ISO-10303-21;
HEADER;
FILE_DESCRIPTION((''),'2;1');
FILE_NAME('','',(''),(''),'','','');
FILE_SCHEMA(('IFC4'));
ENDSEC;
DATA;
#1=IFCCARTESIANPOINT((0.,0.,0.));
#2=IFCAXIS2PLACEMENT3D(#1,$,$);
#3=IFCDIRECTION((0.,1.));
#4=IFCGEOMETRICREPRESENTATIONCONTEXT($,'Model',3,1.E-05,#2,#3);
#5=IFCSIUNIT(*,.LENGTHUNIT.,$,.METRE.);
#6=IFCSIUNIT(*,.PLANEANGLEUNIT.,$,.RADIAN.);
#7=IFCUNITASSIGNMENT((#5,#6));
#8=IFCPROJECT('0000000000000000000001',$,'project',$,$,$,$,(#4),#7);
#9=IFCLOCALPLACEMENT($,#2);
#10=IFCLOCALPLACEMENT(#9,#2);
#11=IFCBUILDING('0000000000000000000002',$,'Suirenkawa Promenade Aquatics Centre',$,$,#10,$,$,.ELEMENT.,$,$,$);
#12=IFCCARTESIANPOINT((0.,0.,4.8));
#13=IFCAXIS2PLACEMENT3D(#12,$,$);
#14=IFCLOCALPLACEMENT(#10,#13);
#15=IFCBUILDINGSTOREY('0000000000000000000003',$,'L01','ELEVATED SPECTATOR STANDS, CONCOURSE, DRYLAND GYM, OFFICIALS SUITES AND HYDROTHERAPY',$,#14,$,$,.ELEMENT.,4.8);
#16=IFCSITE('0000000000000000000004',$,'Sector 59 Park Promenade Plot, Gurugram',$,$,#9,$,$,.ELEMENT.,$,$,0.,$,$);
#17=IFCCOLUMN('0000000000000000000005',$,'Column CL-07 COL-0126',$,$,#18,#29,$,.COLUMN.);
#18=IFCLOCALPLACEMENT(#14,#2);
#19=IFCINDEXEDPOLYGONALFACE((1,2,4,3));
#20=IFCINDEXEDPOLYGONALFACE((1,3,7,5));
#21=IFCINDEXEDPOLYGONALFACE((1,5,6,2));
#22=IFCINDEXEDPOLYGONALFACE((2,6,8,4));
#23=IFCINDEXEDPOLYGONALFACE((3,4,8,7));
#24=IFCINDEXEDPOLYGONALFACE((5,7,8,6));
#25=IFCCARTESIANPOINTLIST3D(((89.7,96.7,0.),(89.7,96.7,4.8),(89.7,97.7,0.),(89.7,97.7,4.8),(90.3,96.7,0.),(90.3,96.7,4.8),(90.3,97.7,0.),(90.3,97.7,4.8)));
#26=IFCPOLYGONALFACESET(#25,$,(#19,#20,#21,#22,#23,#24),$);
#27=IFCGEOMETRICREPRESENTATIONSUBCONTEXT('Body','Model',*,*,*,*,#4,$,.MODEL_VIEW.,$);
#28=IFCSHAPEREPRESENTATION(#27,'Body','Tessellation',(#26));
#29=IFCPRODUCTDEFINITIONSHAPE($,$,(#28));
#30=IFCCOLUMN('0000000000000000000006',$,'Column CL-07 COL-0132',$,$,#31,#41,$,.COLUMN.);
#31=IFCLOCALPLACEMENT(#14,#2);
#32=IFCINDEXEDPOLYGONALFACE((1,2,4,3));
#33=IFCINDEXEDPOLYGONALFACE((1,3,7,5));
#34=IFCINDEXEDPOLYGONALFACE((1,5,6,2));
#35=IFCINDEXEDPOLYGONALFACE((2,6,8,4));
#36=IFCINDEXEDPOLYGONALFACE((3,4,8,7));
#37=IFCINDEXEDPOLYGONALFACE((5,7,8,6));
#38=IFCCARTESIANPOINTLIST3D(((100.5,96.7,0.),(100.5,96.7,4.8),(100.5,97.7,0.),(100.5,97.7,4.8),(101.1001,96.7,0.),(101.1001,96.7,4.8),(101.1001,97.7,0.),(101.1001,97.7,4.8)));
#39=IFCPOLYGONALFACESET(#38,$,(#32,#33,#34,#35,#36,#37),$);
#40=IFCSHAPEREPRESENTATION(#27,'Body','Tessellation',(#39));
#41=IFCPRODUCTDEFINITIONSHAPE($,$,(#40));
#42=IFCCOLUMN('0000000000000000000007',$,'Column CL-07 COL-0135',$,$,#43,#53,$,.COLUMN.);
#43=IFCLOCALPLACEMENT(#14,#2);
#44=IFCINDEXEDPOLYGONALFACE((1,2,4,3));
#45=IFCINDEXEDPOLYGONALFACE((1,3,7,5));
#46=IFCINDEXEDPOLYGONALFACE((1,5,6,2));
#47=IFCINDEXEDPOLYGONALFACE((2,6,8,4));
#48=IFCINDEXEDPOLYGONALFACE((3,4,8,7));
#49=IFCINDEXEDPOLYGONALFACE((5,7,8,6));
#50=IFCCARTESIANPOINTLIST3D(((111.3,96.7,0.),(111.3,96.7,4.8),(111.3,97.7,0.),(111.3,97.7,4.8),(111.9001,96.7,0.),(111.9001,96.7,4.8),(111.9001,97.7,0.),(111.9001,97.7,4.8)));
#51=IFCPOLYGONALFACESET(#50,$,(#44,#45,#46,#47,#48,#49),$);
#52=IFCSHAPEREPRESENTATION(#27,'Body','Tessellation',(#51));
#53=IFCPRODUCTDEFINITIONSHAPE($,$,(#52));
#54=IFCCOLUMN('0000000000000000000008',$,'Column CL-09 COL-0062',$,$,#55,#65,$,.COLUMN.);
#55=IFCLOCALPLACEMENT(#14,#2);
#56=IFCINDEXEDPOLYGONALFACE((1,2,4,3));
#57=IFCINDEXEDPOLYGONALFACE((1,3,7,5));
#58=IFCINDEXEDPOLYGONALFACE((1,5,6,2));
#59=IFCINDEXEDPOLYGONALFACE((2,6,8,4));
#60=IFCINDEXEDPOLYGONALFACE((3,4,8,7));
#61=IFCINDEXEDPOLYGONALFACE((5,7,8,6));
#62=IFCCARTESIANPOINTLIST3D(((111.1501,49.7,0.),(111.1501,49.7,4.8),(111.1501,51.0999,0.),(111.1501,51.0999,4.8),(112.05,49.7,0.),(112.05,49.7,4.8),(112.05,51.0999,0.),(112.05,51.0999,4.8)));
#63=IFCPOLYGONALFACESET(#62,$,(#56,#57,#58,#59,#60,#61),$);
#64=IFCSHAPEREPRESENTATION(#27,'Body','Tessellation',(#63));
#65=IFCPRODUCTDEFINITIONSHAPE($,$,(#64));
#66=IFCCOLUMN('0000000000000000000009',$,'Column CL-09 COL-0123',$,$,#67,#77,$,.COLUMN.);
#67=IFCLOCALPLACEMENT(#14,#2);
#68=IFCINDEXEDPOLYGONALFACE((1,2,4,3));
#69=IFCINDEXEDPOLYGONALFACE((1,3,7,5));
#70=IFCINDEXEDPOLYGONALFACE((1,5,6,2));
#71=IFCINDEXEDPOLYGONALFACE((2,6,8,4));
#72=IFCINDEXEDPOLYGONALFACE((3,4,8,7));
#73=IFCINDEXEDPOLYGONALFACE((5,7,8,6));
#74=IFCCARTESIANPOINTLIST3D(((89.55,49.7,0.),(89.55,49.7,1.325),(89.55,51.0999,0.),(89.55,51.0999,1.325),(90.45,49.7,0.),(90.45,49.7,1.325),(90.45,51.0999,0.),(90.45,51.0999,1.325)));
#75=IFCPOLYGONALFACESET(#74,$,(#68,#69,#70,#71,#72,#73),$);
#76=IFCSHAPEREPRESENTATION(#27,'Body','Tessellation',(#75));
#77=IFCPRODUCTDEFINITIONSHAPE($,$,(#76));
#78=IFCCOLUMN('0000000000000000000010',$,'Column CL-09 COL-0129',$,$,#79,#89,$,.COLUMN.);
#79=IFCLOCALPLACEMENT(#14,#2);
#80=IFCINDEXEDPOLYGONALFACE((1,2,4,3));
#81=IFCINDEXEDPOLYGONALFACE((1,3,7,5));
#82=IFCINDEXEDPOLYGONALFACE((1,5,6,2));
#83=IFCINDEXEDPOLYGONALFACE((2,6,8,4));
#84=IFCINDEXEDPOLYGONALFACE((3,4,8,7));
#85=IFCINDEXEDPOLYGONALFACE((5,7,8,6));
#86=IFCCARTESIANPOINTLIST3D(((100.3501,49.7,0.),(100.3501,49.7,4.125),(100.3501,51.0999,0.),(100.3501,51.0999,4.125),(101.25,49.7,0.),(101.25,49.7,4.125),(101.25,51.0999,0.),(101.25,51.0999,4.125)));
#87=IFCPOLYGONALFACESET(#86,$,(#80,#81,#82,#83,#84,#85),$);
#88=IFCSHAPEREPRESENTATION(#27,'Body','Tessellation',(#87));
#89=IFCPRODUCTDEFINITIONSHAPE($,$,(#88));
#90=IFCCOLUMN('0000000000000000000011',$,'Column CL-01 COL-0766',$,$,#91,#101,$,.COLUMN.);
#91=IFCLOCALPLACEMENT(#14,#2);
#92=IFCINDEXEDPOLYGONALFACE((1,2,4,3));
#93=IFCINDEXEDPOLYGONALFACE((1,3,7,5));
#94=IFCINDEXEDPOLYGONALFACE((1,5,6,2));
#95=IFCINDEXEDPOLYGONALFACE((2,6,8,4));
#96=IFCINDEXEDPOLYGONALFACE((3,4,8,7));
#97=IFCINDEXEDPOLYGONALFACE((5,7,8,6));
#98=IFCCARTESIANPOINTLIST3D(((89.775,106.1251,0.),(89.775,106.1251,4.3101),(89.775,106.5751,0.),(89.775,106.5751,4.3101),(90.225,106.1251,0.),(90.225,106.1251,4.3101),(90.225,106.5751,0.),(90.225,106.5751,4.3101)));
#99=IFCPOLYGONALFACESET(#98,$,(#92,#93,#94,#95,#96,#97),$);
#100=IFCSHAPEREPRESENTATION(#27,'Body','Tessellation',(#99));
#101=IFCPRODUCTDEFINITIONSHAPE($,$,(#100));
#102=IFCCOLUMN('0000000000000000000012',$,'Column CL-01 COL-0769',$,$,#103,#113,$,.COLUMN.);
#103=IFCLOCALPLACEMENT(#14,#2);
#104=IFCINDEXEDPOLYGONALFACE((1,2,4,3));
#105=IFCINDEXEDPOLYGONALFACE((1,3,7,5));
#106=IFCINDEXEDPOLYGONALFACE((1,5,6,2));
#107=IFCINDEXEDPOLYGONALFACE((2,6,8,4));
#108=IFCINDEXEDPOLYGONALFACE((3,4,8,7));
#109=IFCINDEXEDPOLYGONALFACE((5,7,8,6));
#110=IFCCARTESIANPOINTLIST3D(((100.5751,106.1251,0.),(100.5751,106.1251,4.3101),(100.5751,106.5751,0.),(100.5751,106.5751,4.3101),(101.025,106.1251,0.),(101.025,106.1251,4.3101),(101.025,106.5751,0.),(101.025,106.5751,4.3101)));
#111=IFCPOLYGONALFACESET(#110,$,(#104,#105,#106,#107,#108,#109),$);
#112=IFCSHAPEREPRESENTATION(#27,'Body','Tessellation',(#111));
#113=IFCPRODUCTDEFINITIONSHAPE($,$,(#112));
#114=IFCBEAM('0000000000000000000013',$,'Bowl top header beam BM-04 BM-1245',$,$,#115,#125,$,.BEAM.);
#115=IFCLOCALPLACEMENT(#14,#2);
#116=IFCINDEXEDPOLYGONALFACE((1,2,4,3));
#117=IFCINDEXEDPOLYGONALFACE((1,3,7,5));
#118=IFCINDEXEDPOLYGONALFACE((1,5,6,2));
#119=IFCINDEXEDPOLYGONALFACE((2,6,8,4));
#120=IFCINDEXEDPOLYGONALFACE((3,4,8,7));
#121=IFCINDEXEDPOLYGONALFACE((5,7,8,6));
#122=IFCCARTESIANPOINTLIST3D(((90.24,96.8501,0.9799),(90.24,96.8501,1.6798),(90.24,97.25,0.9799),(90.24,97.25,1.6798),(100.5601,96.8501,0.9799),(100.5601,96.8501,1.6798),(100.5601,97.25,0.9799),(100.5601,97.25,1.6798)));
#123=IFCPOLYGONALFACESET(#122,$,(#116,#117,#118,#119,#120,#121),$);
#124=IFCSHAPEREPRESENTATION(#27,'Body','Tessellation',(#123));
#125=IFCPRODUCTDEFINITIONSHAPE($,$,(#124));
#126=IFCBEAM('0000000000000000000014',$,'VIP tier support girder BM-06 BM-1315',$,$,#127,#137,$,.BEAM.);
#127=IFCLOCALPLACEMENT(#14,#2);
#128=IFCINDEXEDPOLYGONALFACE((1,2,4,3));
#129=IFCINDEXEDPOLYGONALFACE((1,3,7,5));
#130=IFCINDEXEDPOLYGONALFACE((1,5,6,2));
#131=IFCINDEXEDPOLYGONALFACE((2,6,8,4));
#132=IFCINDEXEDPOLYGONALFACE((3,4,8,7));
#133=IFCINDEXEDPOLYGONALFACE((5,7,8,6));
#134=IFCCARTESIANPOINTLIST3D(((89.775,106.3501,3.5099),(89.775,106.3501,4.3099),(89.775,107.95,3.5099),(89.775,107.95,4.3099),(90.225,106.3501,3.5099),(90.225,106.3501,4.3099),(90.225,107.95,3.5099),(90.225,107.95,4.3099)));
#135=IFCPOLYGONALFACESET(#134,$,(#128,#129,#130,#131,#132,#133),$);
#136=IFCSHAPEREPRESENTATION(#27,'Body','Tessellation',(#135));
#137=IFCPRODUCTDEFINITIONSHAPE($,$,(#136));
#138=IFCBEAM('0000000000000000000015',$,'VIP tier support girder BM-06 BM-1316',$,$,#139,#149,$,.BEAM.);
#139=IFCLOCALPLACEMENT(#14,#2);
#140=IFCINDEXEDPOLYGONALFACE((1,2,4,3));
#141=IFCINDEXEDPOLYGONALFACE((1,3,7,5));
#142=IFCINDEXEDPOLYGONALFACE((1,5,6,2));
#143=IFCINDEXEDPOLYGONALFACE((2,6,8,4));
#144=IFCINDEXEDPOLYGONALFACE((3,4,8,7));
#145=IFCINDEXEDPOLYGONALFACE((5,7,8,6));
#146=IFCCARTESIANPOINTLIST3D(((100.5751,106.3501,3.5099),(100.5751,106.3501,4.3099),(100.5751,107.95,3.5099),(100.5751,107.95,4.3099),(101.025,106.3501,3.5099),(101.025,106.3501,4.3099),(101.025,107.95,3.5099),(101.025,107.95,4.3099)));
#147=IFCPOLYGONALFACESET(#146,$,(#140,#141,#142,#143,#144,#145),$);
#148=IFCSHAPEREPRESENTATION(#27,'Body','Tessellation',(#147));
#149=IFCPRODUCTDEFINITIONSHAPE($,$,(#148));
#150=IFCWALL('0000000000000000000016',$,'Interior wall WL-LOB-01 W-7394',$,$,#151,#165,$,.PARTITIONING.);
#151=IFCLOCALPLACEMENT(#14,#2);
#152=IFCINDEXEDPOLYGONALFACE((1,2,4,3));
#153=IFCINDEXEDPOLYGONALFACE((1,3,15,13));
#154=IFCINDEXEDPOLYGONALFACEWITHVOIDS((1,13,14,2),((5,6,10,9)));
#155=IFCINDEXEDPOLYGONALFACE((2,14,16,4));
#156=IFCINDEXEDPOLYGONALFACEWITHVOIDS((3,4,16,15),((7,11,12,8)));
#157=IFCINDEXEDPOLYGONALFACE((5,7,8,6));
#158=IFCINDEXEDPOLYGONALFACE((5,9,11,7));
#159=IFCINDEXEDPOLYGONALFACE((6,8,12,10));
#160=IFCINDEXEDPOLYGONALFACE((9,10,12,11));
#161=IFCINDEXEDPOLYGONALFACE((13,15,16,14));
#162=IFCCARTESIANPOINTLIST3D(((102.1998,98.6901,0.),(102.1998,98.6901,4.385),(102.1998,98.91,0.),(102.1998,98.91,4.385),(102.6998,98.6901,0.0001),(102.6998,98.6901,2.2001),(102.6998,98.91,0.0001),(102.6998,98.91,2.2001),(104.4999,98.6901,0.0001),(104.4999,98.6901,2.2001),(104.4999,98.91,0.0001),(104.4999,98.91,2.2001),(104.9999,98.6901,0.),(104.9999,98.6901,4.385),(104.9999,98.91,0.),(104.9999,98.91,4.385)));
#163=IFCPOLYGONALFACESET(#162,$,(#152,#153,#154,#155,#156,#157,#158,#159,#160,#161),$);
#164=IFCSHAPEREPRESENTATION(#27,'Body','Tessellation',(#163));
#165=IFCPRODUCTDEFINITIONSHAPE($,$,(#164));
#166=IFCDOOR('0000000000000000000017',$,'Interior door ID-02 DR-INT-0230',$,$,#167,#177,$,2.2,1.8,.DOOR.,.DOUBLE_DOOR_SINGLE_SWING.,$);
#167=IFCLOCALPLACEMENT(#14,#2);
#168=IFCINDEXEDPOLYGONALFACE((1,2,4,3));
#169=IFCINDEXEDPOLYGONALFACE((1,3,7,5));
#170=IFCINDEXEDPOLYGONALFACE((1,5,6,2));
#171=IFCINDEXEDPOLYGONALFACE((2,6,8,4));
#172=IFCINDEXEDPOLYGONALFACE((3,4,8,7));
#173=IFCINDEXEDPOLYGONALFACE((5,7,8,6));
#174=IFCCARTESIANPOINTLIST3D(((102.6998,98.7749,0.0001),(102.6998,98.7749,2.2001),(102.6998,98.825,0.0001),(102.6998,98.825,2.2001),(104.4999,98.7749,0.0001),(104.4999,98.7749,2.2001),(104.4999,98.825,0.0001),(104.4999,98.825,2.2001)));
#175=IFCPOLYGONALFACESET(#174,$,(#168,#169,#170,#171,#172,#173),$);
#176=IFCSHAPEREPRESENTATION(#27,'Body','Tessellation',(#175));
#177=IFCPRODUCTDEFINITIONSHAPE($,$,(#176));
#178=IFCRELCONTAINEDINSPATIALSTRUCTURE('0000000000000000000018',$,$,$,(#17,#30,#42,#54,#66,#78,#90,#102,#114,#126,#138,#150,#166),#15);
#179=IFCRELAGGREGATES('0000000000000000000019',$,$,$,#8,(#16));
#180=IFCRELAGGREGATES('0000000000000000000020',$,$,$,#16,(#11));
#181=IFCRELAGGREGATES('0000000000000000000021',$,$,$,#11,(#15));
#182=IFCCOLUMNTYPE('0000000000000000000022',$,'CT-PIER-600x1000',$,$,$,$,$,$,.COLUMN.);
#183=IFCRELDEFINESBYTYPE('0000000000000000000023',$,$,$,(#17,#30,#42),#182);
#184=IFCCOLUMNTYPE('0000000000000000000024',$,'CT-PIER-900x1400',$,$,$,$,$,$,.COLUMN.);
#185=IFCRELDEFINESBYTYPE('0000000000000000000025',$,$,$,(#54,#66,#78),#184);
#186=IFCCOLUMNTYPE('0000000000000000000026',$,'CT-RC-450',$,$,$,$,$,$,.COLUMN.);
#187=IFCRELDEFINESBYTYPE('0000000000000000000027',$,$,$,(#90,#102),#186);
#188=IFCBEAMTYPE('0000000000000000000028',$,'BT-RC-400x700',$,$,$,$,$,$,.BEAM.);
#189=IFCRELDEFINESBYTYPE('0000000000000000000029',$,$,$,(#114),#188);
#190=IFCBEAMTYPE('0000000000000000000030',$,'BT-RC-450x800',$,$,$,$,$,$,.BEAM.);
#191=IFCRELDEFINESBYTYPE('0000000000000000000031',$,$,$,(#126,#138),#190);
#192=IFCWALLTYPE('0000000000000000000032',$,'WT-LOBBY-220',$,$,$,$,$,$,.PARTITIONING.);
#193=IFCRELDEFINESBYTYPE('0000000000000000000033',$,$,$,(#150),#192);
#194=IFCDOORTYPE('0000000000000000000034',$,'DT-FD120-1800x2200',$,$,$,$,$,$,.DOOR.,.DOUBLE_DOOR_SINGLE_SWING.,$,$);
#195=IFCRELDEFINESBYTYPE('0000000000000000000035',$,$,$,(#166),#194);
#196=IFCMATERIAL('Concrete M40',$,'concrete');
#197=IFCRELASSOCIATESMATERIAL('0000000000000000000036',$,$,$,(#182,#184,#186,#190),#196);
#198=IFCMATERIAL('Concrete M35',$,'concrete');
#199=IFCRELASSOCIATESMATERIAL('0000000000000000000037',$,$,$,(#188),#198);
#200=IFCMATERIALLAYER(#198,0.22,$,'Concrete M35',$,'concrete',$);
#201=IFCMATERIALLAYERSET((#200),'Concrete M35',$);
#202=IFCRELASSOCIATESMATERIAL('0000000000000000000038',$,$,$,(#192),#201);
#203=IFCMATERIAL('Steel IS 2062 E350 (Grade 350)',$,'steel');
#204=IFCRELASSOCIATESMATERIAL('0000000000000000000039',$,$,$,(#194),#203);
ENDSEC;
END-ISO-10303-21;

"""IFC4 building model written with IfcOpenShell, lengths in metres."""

from ifc_helpers import new_model, si_unit, direction, frame, frame_2d, origin, origin_2d, place, context, subcontext, project, spatial, rectangle, extrude, material, layer, layer_set, material_profile, profile_set, type_object, element, fill, save


model = new_model("IFC4")

# Units and contexts
model_context = context("Model", 3, precision=1e-05, world=origin(), true_north=direction((0.0, 1.0)))
body_context = subcontext(model_context, "Body", "Model", "MODEL_VIEW")
ifc_project = project(units=[si_unit("LENGTHUNIT", "METRE"), si_unit("PLANEANGLEUNIT", "RADIAN")], contexts=[model_context])

# Site, building, storey
site_placement = place(None, origin())
site = spatial("IfcSite", under=ifc_project, at=site_placement, Name="Sector 59 Park Promenade Plot, Gurugram", CompositionType="ELEMENT", RefElevation=0.0)
building_placement = place(site_placement, origin())
building = spatial("IfcBuilding", under=site, at=building_placement, Name="Suirenkawa Promenade Aquatics Centre", CompositionType="ELEMENT")
storey_placement = place(building_placement, frame((0.0, 0.0, 4.8)))
storey = spatial("IfcBuildingStorey", under=building, at=storey_placement, Name="L01", Description="ELEVATED SPECTATOR STANDS, CONCOURSE, DRYLAND GYM, OFFICIALS SUITES AND HYDROTHERAPY", CompositionType="ELEMENT", Elevation=4.8)

# Columns
ifc_material_1 = material(Name="Concrete M40", Category="concrete")
ifc_material_profile_1 = material_profile(ifc_material_1, rectangle(XDim=0.6001, YDim=1.0, at=origin_2d()), Name="RC PIER 600x1000", Category="concrete")
ifc_profile_set_1 = profile_set([ifc_material_profile_1], Name="Concrete M40")
column_type_1 = type_object("IfcColumnType", Name="CT-PIER-600x1000", PredefinedType="COLUMN", material=ifc_profile_set_1)
for number, where, z_axis, x_axis, name in (
    (1, (90.0, 97.2, 0.0), (0.0, 0.0, 1.0), (1.0, 0.0, 0.0), "Column CL-07 COL-0126"),
    (2, (100.8, 97.2, 0.0), (0.0, 0.0, 1.0), (1.0, 0.0, 0.0), "Column CL-07 COL-0132"),
    (3, (111.6001, 97.2, 0.0), (0.0, 0.0, 1.0), (1.0, 0.0, 0.0), "Column CL-07 COL-0135"),
):
    element("IfcColumn", number, at=place(storey_placement, frame(where, z_axis=z_axis, x_axis=x_axis)), inside=storey, type_object=column_type_1, Name=name, PredefinedType="COLUMN", context=body_context, shape_type="SweptSolid", body=[
        extrude(rectangle(XDim=0.6001, YDim=1.0, at=origin_2d()), origin(), (0.0, 0.0, 1.0), 4.8),
    ])
ifc_material_profile_2 = material_profile(ifc_material_1, rectangle(XDim=0.8999, YDim=1.3999, at=origin_2d()), Name="RC PIER 900x1400", Category="concrete")
ifc_profile_set_2 = profile_set([ifc_material_profile_2], Name="Concrete M40")
column_type_2 = type_object("IfcColumnType", Name="CT-PIER-900x1400", PredefinedType="COLUMN", material=ifc_profile_set_2)
column_1_placement = place(storey_placement, frame((111.6001, 50.3999, 0.0), z_axis=(0.0, 0.0, 1.0), x_axis=(1.0, 0.0, 0.0)))
element("IfcColumn", 4, at=column_1_placement, inside=storey, type_object=column_type_2, Name="Column CL-09 COL-0062", PredefinedType="COLUMN", context=body_context, shape_type="SweptSolid", body=[
    extrude(rectangle(XDim=0.8999, YDim=1.3999, at=origin_2d()), origin(), (0.0, 0.0, 1.0), 4.8),
])
column_2_placement = place(storey_placement, frame((90.0, 50.3999, 0.0), z_axis=(0.0, 0.0, 1.0), x_axis=(1.0, 0.0, 0.0)))
element("IfcColumn", 5, at=column_2_placement, inside=storey, type_object=column_type_2, Name="Column CL-09 COL-0123", PredefinedType="COLUMN", context=body_context, shape_type="SweptSolid", body=[
    extrude(rectangle(XDim=0.8999, YDim=1.3999, at=origin_2d()), origin(), (0.0, 0.0, 1.0), 1.325),
])
column_3_placement = place(storey_placement, frame((100.8, 50.3999, 0.0), z_axis=(0.0, 0.0, 1.0), x_axis=(1.0, 0.0, 0.0)))
element("IfcColumn", 6, at=column_3_placement, inside=storey, type_object=column_type_2, Name="Column CL-09 COL-0129", PredefinedType="COLUMN", context=body_context, shape_type="SweptSolid", body=[
    extrude(rectangle(XDim=0.8999, YDim=1.3999, at=origin_2d()), origin(), (0.0, 0.0, 1.0), 4.125),
])
ifc_material_profile_3 = material_profile(ifc_material_1, rectangle(XDim=0.45, YDim=0.45, at=origin_2d()), Name="RC COL 450x450", Category="concrete")
ifc_profile_set_3 = profile_set([ifc_material_profile_3], Name="Concrete M40")
column_type_3 = type_object("IfcColumnType", Name="CT-RC-450", PredefinedType="COLUMN", material=ifc_profile_set_3)
for number, where, z_axis, x_axis, name in (
    (7, (90.0, 106.3501, 0.0), (0.0, 0.0, 1.0), (1.0, 0.0, 0.0), "Column CL-01 COL-0766"),
    (8, (100.8, 106.3501, 0.0), (0.0, 0.0, 1.0), (1.0, 0.0, 0.0), "Column CL-01 COL-0769"),
):
    element("IfcColumn", number, at=place(storey_placement, frame(where, z_axis=z_axis, x_axis=x_axis)), inside=storey, type_object=column_type_3, Name=name, PredefinedType="COLUMN", context=body_context, shape_type="SweptSolid", body=[
        extrude(rectangle(XDim=0.45, YDim=0.45, at=origin_2d()), origin(), (0.0, 0.0, 1.0), 4.3101),
    ])

# Beams
ifc_material_2 = material(Name="Concrete M35", Category="concrete")
ifc_material_profile_4 = material_profile(ifc_material_2, rectangle(XDim=0.3999, YDim=0.7, at=origin_2d()), Name="RC BM 400x700", Category="concrete")
ifc_profile_set_4 = profile_set([ifc_material_profile_4], Name="Concrete M35")
beam_type_1 = type_object("IfcBeamType", Name="BT-RC-400x700", PredefinedType="BEAM", material=ifc_profile_set_4)
beam_placement = place(storey_placement, frame((90.24, 97.05, 1.3298), z_axis=(1.0, 0.0, 0.0), x_axis=(0.0, 1.0, 0.0)))
element("IfcBeam", 9, at=beam_placement, inside=storey, type_object=beam_type_1, Name="Bowl top header beam BM-04 BM-1245", PredefinedType="BEAM", context=body_context, shape_type="SweptSolid", body=[
    extrude(rectangle(XDim=0.3999, YDim=0.7, at=origin_2d()), origin(), (0.0, 0.0, 1.0), 10.3201),
])
ifc_material_profile_5 = material_profile(ifc_material_1, rectangle(XDim=0.45, YDim=0.8, at=origin_2d()), Name="RC BM 450x800", Category="concrete")
ifc_profile_set_5 = profile_set([ifc_material_profile_5], Name="Concrete M40")
beam_type_2 = type_object("IfcBeamType", Name="BT-RC-450x800", PredefinedType="BEAM", material=ifc_profile_set_5)
for number, where, z_axis, x_axis, name in (
    (10, (90.0, 106.3501, 3.9099), (0.0, 1.0, 0.0), (-1.0, 0.0, 0.0), "VIP tier support girder BM-06 BM-1315"),
    (11, (100.8, 106.3501, 3.9099), (0.0, 1.0, 0.0), (-1.0, 0.0, 0.0), "VIP tier support girder BM-06 BM-1316"),
):
    element("IfcBeam", number, at=place(storey_placement, frame(where, z_axis=z_axis, x_axis=x_axis)), inside=storey, type_object=beam_type_2, Name=name, PredefinedType="BEAM", context=body_context, shape_type="SweptSolid", body=[
        extrude(rectangle(XDim=0.45, YDim=0.8, at=origin_2d()), origin(), (0.0, 0.0, 1.0), 1.5999),
    ])

# Wall, opening, door
ifc_layer = layer(ifc_material_2, 0.22, Name="Concrete M35", Category="concrete")
ifc_layer_set = layer_set([ifc_layer], Name="Concrete M35")
wall_type = type_object("IfcWallType", Name="WT-LOBBY-220", PredefinedType="PARTITIONING", material=ifc_layer_set)
wall_1_placement = place(storey_placement, frame((102.2, 98.8, 0.0), z_axis=(0.0, 0.0, 1.0), x_axis=(1.0, 0.0, 0.0)))
wall_1 = element("IfcWall", 12, at=wall_1_placement, inside=storey, type_object=wall_type, Name="Interior wall WL-LOB-01 W-7394", PredefinedType="PARTITIONING", context=body_context, shape_type="SweptSolid", body=[
    extrude(rectangle(XDim=2.8, YDim=0.22, at=frame_2d((1.3999, 0.0))), origin(), (0.0, 0.0, 1.0), 4.385),
])
opening_1_placement = place(wall_1_placement, frame((0.5, 0.0, 0.0)))
opening_1 = element("IfcOpeningElement", 13, at=opening_1_placement, cuts=wall_1, PredefinedType="OPENING", context=body_context, shape_type="SweptSolid", body=[
    extrude(rectangle(XDim=1.8, YDim=2.2, at=frame_2d((0.8999, 1.1001))), frame((0.0, 0.1199, 0.0), z_axis=(0.0, -1.0, 0.0), x_axis=(1.0, 0.0, 0.0)), (0.0, 0.0, 1.0), 0.24),
])
ifc_material_3 = material(Name="Steel IS 2062 E350 (Grade 350)", Category="steel")
door_type = type_object("IfcDoorType", Name="DT-FD120-1800x2200", OperationType="DOUBLE_DOOR_SINGLE_SWING", PredefinedType="DOOR", material=ifc_material_3)
door_1_placement = place(opening_1_placement, origin())
door_1 = element("IfcDoor", 14, at=door_1_placement, inside=storey, type_object=door_type, Name="Interior door ID-02 DR-INT-0230", OperationType="DOUBLE_DOOR_SINGLE_SWING", OverallHeight=2.2, OverallWidth=1.8, PredefinedType="DOOR", context=body_context, shape_type="SweptSolid", body=[
    extrude(rectangle(XDim=1.8, YDim=2.2, at=frame_2d((0.8999, 1.1001))), frame((0.0, 0.0249, 0.0), z_axis=(0.0, -1.0, 0.0), x_axis=(1.0, 0.0, 0.0)), (0.0, 0.0, 1.0), 0.05),
])
fill(opening_1, door_1)

save(model, "model.ifc")
